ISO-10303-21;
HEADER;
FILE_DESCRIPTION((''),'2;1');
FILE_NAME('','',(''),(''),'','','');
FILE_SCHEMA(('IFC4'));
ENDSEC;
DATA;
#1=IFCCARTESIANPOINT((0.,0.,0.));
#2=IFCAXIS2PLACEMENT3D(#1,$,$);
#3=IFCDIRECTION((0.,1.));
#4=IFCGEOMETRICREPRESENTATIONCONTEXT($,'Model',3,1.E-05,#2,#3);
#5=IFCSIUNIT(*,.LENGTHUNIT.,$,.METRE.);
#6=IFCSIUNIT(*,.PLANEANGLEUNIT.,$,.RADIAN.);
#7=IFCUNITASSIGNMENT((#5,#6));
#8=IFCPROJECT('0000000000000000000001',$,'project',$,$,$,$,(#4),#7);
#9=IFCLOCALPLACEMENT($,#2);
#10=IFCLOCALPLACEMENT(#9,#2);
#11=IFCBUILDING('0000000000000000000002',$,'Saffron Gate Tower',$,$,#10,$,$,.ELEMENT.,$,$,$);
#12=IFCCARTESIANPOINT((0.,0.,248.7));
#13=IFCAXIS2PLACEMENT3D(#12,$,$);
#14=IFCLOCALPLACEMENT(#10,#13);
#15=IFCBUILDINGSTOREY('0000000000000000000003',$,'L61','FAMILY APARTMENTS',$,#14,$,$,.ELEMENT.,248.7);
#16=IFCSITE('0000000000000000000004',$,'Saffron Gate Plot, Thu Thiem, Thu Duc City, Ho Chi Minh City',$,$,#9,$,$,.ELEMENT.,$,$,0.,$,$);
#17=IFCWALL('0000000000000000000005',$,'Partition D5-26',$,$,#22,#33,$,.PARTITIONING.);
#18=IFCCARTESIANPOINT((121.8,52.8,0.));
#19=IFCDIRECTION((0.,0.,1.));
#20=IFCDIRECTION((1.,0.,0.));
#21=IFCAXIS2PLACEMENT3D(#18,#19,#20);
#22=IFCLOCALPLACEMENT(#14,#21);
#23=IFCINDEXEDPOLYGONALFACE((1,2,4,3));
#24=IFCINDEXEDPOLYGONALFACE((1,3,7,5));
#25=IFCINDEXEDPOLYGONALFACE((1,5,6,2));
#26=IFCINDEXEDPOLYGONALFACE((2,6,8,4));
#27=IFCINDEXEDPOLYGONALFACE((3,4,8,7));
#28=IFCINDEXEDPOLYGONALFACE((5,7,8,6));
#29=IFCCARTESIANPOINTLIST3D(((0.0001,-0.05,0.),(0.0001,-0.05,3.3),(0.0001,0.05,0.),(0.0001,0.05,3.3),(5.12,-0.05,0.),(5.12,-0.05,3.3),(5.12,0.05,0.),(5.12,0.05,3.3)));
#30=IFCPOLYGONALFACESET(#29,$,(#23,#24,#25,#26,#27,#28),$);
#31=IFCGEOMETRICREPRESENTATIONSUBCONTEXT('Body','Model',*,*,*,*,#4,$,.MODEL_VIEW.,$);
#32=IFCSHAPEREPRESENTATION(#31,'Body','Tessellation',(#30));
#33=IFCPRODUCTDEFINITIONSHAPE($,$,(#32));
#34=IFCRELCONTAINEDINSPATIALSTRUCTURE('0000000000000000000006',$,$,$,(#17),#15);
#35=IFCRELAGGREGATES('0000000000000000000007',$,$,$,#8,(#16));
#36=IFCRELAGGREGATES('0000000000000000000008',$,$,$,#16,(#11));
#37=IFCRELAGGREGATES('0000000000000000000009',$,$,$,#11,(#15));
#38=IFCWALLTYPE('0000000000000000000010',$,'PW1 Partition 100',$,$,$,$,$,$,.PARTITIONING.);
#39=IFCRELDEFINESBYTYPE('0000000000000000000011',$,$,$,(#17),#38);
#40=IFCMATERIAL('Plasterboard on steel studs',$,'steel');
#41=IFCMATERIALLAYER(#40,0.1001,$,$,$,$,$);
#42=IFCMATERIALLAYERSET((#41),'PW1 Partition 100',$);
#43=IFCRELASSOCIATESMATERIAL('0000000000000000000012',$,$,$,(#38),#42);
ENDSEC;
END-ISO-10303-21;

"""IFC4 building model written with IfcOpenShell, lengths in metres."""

from ifc_helpers import new_model, si_unit, direction, frame, frame_2d, origin, place, context, subcontext, project, spatial, rectangle, extrude, material, layer, layer_set, type_object, element, save


model = new_model("IFC4")

# Units and contexts
model_context = context("Model", 3, precision=1e-05, world=origin(), true_north=direction((0.0, 1.0)))
body_context = subcontext(model_context, "Body", "Model", "MODEL_VIEW")
ifc_project = project(units=[si_unit("LENGTHUNIT", "METRE"), si_unit("PLANEANGLEUNIT", "RADIAN")], contexts=[model_context])

# Site, building, storey
site_placement = place(None, origin())
site = spatial("IfcSite", under=ifc_project, at=site_placement, Name="Saffron Gate Plot, Thu Thiem, Thu Duc City, Ho Chi Minh City", CompositionType="ELEMENT", RefElevation=0.0)
building_placement = place(site_placement, origin())
building = spatial("IfcBuilding", under=site, at=building_placement, Name="Saffron Gate Tower", CompositionType="ELEMENT")
storey_placement = place(building_placement, frame((0.0, 0.0, 248.7)))
storey = spatial("IfcBuildingStorey", under=building, at=storey_placement, Name="L61", Description="FAMILY APARTMENTS", CompositionType="ELEMENT", Elevation=248.7)

# Shared definitions
ifc_material_1 = material(Name="Plasterboard on steel studs", Category="steel")
ifc_layer_1 = layer(ifc_material_1, 0.1001)
ifc_layer_set_1 = layer_set([ifc_layer_1], Name="PW1 Partition 100")
wall_type_1 = type_object("IfcWallType", Name="PW1 Partition 100", PredefinedType="PARTITIONING", material=ifc_layer_set_1)

# Wall
wall_1_placement = place(storey_placement, frame((121.8, 52.8, 0.0), z_axis=(0.0, 0.0, 1.0), x_axis=(1.0, 0.0, 0.0)))
element("IfcWall", 1, at=wall_1_placement, inside=storey, type_object=wall_type_1, Name="Partition D5-26", PredefinedType="PARTITIONING", context=body_context, shape_type="SweptSolid", body=[
    extrude(rectangle(XDim=5.1199, YDim=0.1001, at=frame_2d((2.5601, 0.0))), origin(), (0.0, 0.0, 1.0), 3.3),
])

save(model, "model.ifc")
